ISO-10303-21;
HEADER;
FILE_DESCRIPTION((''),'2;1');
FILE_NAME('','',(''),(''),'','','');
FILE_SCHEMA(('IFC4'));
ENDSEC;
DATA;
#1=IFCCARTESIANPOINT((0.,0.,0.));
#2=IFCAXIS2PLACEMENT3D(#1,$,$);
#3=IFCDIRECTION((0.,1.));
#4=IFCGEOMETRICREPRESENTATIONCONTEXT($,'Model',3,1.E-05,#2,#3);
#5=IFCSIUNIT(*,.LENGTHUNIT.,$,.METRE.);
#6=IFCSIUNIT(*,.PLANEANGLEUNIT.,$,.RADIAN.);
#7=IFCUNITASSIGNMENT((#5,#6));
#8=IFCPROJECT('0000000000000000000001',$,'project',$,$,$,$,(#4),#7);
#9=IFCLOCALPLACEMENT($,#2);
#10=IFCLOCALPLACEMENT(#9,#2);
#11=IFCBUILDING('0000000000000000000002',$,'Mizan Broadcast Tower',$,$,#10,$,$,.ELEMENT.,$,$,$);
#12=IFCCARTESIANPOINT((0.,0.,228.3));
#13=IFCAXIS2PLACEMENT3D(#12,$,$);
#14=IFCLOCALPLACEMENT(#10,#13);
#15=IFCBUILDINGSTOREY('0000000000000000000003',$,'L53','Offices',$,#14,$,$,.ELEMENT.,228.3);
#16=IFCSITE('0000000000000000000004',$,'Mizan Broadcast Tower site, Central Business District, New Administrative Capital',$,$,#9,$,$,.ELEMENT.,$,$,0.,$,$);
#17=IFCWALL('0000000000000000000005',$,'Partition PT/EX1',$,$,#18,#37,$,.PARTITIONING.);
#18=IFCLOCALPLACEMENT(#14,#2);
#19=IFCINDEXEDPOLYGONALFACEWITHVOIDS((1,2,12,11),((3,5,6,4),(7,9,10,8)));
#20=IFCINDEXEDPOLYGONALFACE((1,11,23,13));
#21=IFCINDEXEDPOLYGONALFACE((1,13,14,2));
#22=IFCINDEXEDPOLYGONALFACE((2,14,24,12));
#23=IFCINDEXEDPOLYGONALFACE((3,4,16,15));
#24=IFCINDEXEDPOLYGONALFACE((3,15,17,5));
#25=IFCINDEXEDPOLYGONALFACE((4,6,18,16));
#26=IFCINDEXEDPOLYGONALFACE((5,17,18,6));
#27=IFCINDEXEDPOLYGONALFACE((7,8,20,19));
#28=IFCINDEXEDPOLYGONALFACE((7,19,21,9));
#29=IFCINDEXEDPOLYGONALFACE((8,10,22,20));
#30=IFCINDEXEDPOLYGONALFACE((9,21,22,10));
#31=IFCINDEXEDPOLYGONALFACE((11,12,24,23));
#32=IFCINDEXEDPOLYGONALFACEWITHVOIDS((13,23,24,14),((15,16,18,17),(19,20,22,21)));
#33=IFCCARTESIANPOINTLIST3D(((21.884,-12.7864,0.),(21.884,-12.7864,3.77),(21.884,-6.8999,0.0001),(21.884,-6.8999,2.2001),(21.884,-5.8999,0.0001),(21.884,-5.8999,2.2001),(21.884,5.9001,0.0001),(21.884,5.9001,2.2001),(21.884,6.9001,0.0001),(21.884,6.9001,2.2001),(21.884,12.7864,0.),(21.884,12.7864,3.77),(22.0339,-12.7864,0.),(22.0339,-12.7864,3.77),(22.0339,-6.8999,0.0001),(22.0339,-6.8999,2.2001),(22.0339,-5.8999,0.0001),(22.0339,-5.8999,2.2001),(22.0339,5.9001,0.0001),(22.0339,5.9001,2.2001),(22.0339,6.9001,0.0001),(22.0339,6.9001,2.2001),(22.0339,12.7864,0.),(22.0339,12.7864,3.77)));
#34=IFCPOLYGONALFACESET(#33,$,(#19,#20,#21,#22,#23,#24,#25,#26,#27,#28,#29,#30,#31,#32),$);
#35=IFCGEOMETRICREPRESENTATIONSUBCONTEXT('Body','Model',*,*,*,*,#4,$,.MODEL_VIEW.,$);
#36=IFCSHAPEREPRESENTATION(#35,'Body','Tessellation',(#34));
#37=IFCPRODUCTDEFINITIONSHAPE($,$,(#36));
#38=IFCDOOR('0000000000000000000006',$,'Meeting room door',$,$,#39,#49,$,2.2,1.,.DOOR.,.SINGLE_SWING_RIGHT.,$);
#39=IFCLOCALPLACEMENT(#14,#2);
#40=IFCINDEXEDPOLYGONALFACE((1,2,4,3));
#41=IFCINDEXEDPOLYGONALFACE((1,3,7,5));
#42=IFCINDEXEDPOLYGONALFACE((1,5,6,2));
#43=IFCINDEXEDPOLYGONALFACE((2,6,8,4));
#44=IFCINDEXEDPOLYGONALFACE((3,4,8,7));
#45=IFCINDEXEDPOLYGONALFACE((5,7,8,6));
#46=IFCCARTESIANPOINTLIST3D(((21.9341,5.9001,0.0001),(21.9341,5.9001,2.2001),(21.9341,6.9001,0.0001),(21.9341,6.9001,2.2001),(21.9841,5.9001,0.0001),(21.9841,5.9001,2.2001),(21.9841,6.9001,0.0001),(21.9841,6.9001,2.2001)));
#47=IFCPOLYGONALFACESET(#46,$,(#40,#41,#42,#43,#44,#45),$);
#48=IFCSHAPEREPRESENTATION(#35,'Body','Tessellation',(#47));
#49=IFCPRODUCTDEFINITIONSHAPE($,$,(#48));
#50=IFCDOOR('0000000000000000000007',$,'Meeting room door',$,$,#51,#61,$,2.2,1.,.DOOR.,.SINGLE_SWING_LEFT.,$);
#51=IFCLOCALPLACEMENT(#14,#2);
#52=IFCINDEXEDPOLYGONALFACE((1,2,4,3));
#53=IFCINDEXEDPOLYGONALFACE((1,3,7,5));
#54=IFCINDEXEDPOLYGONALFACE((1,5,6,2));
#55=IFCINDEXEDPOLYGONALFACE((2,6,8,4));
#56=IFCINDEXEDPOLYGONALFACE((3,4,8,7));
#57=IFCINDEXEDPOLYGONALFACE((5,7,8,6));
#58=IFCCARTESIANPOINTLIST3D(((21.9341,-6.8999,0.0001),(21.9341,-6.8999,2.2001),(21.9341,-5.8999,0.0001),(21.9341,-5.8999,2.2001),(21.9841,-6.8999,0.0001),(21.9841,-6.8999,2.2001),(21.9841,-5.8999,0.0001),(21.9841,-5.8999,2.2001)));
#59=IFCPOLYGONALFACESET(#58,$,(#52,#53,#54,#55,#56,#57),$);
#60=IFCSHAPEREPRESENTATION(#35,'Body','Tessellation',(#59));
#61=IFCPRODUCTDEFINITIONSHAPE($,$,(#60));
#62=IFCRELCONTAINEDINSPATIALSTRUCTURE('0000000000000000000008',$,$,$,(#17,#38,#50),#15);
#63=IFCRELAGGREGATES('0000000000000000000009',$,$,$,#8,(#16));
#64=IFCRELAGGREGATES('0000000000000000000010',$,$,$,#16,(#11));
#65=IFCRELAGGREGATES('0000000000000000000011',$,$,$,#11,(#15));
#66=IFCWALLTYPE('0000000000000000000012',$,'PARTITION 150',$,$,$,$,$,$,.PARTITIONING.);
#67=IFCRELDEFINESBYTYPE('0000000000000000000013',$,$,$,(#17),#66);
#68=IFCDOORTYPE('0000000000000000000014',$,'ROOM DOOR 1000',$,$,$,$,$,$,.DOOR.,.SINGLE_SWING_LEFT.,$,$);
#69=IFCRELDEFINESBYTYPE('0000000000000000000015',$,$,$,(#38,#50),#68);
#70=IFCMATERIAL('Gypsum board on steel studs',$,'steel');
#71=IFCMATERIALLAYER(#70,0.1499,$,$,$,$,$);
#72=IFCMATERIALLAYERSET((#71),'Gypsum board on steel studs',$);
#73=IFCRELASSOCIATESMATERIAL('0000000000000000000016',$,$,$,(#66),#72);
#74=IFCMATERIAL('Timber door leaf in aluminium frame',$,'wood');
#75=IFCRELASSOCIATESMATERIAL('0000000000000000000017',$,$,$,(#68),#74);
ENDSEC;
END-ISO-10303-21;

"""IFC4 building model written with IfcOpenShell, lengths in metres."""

from ifc_helpers import new_model, si_unit, direction, frame, frame_2d, origin, place, context, subcontext, project, spatial, rectangle, extrude, material, layer, layer_set, type_object, element, fill, save


model = new_model("IFC4")

# Units and contexts
model_context = context("Model", 3, precision=1e-05, world=origin(), true_north=direction((0.0, 1.0)))
body_context = subcontext(model_context, "Body", "Model", "MODEL_VIEW")
ifc_project = project(units=[si_unit("LENGTHUNIT", "METRE"), si_unit("PLANEANGLEUNIT", "RADIAN")], contexts=[model_context])

# Site, building, storey
site_placement = place(None, origin())
site = spatial("IfcSite", under=ifc_project, at=site_placement, Name="Mizan Broadcast Tower site, Central Business District, New Administrative Capital", CompositionType="ELEMENT", RefElevation=0.0)
building_placement = place(site_placement, origin())
building = spatial("IfcBuilding", under=site, at=building_placement, Name="Mizan Broadcast Tower", CompositionType="ELEMENT")
storey_placement = place(building_placement, frame((0.0, 0.0, 228.3)))
storey = spatial("IfcBuildingStorey", under=building, at=storey_placement, Name="L53", Description="Offices", CompositionType="ELEMENT", Elevation=228.3)

# Wall, openings, doors
ifc_material_1 = material(Name="Gypsum board on steel studs", Category="steel")
ifc_layer_1 = layer(ifc_material_1, 0.1499)
ifc_layer_set_1 = layer_set([ifc_layer_1], Name="Gypsum board on steel studs")
wall_type_1 = type_object("IfcWallType", Name="PARTITION 150", PredefinedType="PARTITIONING", material=ifc_layer_set_1)
wall_1_placement = place(storey_placement, frame((21.959, -12.7864, 0.0), z_axis=(0.0, 0.0, 1.0), x_axis=(0.0, 1.0, 0.0)))
wall_1 = element("IfcWall", 1, at=wall_1_placement, inside=storey, type_object=wall_type_1, Name="Partition PT/EX1", PredefinedType="PARTITIONING", context=body_context, shape_type="SweptSolid", body=[
    extrude(rectangle(XDim=25.5728, YDim=0.1499, at=frame_2d((12.7864, 0.0))), origin(), (0.0, 0.0, 1.0), 3.77),
])
opening_1_placement = place(wall_1_placement, frame((18.6865, 0.0, 0.0)))
opening_1 = element("IfcOpeningElement", 2, at=opening_1_placement, cuts=wall_1, PredefinedType="OPENING", context=body_context, shape_type="SweptSolid", body=[
    extrude(rectangle(XDim=1.0, YDim=2.2, at=frame_2d((0.5, 1.1001))), frame((0.0, 0.085, 0.0), z_axis=(0.0, -1.0, 0.0), x_axis=(1.0, 0.0, 0.0)), (0.0, 0.0, 1.0), 0.1699),
])
opening_2_placement = place(wall_1_placement, frame((5.8865, 0.0, 0.0)))
opening_2 = element("IfcOpeningElement", 3, at=opening_2_placement, cuts=wall_1, PredefinedType="OPENING", context=body_context, shape_type="SweptSolid", body=[
    extrude(rectangle(XDim=1.0, YDim=2.2, at=frame_2d((0.5, 1.1001))), frame((0.0, 0.085, 0.0), z_axis=(0.0, -1.0, 0.0), x_axis=(1.0, 0.0, 0.0)), (0.0, 0.0, 1.0), 0.1699),
])
ifc_material_2 = material(Name="Timber door leaf in aluminium frame", Category="wood")
door_type_1 = type_object("IfcDoorType", Name="ROOM DOOR 1000", OperationType="SINGLE_SWING_LEFT", PredefinedType="DOOR", material=ifc_material_2)
door_1_placement = place(opening_1_placement, origin())
door_1 = element("IfcDoor", 4, at=door_1_placement, inside=storey, type_object=door_type_1, Name="Meeting room door", OperationType="SINGLE_SWING_RIGHT", OverallHeight=2.2, OverallWidth=1.0, PredefinedType="DOOR", context=body_context, shape_type="SweptSolid", body=[
    extrude(rectangle(XDim=1.0, YDim=2.2, at=frame_2d((0.5, 1.1001))), frame((0.0, 0.0249, 0.0), z_axis=(0.0, -1.0, 0.0), x_axis=(1.0, 0.0, 0.0)), (0.0, 0.0, 1.0), 0.05),
])
fill(opening_1, door_1)
door_2_placement = place(opening_2_placement, origin())
door_2 = element("IfcDoor", 5, at=door_2_placement, inside=storey, type_object=door_type_1, Name="Meeting room door", OperationType="SINGLE_SWING_LEFT", OverallHeight=2.2, OverallWidth=1.0, PredefinedType="DOOR", context=body_context, shape_type="SweptSolid", body=[
    extrude(rectangle(XDim=1.0, YDim=2.2, at=frame_2d((0.5, 1.1001))), frame((0.0, 0.0249, 0.0), z_axis=(0.0, -1.0, 0.0), x_axis=(1.0, 0.0, 0.0)), (0.0, 0.0, 1.0), 0.05),
])
fill(opening_2, door_2)

save(model, "model.ifc")
